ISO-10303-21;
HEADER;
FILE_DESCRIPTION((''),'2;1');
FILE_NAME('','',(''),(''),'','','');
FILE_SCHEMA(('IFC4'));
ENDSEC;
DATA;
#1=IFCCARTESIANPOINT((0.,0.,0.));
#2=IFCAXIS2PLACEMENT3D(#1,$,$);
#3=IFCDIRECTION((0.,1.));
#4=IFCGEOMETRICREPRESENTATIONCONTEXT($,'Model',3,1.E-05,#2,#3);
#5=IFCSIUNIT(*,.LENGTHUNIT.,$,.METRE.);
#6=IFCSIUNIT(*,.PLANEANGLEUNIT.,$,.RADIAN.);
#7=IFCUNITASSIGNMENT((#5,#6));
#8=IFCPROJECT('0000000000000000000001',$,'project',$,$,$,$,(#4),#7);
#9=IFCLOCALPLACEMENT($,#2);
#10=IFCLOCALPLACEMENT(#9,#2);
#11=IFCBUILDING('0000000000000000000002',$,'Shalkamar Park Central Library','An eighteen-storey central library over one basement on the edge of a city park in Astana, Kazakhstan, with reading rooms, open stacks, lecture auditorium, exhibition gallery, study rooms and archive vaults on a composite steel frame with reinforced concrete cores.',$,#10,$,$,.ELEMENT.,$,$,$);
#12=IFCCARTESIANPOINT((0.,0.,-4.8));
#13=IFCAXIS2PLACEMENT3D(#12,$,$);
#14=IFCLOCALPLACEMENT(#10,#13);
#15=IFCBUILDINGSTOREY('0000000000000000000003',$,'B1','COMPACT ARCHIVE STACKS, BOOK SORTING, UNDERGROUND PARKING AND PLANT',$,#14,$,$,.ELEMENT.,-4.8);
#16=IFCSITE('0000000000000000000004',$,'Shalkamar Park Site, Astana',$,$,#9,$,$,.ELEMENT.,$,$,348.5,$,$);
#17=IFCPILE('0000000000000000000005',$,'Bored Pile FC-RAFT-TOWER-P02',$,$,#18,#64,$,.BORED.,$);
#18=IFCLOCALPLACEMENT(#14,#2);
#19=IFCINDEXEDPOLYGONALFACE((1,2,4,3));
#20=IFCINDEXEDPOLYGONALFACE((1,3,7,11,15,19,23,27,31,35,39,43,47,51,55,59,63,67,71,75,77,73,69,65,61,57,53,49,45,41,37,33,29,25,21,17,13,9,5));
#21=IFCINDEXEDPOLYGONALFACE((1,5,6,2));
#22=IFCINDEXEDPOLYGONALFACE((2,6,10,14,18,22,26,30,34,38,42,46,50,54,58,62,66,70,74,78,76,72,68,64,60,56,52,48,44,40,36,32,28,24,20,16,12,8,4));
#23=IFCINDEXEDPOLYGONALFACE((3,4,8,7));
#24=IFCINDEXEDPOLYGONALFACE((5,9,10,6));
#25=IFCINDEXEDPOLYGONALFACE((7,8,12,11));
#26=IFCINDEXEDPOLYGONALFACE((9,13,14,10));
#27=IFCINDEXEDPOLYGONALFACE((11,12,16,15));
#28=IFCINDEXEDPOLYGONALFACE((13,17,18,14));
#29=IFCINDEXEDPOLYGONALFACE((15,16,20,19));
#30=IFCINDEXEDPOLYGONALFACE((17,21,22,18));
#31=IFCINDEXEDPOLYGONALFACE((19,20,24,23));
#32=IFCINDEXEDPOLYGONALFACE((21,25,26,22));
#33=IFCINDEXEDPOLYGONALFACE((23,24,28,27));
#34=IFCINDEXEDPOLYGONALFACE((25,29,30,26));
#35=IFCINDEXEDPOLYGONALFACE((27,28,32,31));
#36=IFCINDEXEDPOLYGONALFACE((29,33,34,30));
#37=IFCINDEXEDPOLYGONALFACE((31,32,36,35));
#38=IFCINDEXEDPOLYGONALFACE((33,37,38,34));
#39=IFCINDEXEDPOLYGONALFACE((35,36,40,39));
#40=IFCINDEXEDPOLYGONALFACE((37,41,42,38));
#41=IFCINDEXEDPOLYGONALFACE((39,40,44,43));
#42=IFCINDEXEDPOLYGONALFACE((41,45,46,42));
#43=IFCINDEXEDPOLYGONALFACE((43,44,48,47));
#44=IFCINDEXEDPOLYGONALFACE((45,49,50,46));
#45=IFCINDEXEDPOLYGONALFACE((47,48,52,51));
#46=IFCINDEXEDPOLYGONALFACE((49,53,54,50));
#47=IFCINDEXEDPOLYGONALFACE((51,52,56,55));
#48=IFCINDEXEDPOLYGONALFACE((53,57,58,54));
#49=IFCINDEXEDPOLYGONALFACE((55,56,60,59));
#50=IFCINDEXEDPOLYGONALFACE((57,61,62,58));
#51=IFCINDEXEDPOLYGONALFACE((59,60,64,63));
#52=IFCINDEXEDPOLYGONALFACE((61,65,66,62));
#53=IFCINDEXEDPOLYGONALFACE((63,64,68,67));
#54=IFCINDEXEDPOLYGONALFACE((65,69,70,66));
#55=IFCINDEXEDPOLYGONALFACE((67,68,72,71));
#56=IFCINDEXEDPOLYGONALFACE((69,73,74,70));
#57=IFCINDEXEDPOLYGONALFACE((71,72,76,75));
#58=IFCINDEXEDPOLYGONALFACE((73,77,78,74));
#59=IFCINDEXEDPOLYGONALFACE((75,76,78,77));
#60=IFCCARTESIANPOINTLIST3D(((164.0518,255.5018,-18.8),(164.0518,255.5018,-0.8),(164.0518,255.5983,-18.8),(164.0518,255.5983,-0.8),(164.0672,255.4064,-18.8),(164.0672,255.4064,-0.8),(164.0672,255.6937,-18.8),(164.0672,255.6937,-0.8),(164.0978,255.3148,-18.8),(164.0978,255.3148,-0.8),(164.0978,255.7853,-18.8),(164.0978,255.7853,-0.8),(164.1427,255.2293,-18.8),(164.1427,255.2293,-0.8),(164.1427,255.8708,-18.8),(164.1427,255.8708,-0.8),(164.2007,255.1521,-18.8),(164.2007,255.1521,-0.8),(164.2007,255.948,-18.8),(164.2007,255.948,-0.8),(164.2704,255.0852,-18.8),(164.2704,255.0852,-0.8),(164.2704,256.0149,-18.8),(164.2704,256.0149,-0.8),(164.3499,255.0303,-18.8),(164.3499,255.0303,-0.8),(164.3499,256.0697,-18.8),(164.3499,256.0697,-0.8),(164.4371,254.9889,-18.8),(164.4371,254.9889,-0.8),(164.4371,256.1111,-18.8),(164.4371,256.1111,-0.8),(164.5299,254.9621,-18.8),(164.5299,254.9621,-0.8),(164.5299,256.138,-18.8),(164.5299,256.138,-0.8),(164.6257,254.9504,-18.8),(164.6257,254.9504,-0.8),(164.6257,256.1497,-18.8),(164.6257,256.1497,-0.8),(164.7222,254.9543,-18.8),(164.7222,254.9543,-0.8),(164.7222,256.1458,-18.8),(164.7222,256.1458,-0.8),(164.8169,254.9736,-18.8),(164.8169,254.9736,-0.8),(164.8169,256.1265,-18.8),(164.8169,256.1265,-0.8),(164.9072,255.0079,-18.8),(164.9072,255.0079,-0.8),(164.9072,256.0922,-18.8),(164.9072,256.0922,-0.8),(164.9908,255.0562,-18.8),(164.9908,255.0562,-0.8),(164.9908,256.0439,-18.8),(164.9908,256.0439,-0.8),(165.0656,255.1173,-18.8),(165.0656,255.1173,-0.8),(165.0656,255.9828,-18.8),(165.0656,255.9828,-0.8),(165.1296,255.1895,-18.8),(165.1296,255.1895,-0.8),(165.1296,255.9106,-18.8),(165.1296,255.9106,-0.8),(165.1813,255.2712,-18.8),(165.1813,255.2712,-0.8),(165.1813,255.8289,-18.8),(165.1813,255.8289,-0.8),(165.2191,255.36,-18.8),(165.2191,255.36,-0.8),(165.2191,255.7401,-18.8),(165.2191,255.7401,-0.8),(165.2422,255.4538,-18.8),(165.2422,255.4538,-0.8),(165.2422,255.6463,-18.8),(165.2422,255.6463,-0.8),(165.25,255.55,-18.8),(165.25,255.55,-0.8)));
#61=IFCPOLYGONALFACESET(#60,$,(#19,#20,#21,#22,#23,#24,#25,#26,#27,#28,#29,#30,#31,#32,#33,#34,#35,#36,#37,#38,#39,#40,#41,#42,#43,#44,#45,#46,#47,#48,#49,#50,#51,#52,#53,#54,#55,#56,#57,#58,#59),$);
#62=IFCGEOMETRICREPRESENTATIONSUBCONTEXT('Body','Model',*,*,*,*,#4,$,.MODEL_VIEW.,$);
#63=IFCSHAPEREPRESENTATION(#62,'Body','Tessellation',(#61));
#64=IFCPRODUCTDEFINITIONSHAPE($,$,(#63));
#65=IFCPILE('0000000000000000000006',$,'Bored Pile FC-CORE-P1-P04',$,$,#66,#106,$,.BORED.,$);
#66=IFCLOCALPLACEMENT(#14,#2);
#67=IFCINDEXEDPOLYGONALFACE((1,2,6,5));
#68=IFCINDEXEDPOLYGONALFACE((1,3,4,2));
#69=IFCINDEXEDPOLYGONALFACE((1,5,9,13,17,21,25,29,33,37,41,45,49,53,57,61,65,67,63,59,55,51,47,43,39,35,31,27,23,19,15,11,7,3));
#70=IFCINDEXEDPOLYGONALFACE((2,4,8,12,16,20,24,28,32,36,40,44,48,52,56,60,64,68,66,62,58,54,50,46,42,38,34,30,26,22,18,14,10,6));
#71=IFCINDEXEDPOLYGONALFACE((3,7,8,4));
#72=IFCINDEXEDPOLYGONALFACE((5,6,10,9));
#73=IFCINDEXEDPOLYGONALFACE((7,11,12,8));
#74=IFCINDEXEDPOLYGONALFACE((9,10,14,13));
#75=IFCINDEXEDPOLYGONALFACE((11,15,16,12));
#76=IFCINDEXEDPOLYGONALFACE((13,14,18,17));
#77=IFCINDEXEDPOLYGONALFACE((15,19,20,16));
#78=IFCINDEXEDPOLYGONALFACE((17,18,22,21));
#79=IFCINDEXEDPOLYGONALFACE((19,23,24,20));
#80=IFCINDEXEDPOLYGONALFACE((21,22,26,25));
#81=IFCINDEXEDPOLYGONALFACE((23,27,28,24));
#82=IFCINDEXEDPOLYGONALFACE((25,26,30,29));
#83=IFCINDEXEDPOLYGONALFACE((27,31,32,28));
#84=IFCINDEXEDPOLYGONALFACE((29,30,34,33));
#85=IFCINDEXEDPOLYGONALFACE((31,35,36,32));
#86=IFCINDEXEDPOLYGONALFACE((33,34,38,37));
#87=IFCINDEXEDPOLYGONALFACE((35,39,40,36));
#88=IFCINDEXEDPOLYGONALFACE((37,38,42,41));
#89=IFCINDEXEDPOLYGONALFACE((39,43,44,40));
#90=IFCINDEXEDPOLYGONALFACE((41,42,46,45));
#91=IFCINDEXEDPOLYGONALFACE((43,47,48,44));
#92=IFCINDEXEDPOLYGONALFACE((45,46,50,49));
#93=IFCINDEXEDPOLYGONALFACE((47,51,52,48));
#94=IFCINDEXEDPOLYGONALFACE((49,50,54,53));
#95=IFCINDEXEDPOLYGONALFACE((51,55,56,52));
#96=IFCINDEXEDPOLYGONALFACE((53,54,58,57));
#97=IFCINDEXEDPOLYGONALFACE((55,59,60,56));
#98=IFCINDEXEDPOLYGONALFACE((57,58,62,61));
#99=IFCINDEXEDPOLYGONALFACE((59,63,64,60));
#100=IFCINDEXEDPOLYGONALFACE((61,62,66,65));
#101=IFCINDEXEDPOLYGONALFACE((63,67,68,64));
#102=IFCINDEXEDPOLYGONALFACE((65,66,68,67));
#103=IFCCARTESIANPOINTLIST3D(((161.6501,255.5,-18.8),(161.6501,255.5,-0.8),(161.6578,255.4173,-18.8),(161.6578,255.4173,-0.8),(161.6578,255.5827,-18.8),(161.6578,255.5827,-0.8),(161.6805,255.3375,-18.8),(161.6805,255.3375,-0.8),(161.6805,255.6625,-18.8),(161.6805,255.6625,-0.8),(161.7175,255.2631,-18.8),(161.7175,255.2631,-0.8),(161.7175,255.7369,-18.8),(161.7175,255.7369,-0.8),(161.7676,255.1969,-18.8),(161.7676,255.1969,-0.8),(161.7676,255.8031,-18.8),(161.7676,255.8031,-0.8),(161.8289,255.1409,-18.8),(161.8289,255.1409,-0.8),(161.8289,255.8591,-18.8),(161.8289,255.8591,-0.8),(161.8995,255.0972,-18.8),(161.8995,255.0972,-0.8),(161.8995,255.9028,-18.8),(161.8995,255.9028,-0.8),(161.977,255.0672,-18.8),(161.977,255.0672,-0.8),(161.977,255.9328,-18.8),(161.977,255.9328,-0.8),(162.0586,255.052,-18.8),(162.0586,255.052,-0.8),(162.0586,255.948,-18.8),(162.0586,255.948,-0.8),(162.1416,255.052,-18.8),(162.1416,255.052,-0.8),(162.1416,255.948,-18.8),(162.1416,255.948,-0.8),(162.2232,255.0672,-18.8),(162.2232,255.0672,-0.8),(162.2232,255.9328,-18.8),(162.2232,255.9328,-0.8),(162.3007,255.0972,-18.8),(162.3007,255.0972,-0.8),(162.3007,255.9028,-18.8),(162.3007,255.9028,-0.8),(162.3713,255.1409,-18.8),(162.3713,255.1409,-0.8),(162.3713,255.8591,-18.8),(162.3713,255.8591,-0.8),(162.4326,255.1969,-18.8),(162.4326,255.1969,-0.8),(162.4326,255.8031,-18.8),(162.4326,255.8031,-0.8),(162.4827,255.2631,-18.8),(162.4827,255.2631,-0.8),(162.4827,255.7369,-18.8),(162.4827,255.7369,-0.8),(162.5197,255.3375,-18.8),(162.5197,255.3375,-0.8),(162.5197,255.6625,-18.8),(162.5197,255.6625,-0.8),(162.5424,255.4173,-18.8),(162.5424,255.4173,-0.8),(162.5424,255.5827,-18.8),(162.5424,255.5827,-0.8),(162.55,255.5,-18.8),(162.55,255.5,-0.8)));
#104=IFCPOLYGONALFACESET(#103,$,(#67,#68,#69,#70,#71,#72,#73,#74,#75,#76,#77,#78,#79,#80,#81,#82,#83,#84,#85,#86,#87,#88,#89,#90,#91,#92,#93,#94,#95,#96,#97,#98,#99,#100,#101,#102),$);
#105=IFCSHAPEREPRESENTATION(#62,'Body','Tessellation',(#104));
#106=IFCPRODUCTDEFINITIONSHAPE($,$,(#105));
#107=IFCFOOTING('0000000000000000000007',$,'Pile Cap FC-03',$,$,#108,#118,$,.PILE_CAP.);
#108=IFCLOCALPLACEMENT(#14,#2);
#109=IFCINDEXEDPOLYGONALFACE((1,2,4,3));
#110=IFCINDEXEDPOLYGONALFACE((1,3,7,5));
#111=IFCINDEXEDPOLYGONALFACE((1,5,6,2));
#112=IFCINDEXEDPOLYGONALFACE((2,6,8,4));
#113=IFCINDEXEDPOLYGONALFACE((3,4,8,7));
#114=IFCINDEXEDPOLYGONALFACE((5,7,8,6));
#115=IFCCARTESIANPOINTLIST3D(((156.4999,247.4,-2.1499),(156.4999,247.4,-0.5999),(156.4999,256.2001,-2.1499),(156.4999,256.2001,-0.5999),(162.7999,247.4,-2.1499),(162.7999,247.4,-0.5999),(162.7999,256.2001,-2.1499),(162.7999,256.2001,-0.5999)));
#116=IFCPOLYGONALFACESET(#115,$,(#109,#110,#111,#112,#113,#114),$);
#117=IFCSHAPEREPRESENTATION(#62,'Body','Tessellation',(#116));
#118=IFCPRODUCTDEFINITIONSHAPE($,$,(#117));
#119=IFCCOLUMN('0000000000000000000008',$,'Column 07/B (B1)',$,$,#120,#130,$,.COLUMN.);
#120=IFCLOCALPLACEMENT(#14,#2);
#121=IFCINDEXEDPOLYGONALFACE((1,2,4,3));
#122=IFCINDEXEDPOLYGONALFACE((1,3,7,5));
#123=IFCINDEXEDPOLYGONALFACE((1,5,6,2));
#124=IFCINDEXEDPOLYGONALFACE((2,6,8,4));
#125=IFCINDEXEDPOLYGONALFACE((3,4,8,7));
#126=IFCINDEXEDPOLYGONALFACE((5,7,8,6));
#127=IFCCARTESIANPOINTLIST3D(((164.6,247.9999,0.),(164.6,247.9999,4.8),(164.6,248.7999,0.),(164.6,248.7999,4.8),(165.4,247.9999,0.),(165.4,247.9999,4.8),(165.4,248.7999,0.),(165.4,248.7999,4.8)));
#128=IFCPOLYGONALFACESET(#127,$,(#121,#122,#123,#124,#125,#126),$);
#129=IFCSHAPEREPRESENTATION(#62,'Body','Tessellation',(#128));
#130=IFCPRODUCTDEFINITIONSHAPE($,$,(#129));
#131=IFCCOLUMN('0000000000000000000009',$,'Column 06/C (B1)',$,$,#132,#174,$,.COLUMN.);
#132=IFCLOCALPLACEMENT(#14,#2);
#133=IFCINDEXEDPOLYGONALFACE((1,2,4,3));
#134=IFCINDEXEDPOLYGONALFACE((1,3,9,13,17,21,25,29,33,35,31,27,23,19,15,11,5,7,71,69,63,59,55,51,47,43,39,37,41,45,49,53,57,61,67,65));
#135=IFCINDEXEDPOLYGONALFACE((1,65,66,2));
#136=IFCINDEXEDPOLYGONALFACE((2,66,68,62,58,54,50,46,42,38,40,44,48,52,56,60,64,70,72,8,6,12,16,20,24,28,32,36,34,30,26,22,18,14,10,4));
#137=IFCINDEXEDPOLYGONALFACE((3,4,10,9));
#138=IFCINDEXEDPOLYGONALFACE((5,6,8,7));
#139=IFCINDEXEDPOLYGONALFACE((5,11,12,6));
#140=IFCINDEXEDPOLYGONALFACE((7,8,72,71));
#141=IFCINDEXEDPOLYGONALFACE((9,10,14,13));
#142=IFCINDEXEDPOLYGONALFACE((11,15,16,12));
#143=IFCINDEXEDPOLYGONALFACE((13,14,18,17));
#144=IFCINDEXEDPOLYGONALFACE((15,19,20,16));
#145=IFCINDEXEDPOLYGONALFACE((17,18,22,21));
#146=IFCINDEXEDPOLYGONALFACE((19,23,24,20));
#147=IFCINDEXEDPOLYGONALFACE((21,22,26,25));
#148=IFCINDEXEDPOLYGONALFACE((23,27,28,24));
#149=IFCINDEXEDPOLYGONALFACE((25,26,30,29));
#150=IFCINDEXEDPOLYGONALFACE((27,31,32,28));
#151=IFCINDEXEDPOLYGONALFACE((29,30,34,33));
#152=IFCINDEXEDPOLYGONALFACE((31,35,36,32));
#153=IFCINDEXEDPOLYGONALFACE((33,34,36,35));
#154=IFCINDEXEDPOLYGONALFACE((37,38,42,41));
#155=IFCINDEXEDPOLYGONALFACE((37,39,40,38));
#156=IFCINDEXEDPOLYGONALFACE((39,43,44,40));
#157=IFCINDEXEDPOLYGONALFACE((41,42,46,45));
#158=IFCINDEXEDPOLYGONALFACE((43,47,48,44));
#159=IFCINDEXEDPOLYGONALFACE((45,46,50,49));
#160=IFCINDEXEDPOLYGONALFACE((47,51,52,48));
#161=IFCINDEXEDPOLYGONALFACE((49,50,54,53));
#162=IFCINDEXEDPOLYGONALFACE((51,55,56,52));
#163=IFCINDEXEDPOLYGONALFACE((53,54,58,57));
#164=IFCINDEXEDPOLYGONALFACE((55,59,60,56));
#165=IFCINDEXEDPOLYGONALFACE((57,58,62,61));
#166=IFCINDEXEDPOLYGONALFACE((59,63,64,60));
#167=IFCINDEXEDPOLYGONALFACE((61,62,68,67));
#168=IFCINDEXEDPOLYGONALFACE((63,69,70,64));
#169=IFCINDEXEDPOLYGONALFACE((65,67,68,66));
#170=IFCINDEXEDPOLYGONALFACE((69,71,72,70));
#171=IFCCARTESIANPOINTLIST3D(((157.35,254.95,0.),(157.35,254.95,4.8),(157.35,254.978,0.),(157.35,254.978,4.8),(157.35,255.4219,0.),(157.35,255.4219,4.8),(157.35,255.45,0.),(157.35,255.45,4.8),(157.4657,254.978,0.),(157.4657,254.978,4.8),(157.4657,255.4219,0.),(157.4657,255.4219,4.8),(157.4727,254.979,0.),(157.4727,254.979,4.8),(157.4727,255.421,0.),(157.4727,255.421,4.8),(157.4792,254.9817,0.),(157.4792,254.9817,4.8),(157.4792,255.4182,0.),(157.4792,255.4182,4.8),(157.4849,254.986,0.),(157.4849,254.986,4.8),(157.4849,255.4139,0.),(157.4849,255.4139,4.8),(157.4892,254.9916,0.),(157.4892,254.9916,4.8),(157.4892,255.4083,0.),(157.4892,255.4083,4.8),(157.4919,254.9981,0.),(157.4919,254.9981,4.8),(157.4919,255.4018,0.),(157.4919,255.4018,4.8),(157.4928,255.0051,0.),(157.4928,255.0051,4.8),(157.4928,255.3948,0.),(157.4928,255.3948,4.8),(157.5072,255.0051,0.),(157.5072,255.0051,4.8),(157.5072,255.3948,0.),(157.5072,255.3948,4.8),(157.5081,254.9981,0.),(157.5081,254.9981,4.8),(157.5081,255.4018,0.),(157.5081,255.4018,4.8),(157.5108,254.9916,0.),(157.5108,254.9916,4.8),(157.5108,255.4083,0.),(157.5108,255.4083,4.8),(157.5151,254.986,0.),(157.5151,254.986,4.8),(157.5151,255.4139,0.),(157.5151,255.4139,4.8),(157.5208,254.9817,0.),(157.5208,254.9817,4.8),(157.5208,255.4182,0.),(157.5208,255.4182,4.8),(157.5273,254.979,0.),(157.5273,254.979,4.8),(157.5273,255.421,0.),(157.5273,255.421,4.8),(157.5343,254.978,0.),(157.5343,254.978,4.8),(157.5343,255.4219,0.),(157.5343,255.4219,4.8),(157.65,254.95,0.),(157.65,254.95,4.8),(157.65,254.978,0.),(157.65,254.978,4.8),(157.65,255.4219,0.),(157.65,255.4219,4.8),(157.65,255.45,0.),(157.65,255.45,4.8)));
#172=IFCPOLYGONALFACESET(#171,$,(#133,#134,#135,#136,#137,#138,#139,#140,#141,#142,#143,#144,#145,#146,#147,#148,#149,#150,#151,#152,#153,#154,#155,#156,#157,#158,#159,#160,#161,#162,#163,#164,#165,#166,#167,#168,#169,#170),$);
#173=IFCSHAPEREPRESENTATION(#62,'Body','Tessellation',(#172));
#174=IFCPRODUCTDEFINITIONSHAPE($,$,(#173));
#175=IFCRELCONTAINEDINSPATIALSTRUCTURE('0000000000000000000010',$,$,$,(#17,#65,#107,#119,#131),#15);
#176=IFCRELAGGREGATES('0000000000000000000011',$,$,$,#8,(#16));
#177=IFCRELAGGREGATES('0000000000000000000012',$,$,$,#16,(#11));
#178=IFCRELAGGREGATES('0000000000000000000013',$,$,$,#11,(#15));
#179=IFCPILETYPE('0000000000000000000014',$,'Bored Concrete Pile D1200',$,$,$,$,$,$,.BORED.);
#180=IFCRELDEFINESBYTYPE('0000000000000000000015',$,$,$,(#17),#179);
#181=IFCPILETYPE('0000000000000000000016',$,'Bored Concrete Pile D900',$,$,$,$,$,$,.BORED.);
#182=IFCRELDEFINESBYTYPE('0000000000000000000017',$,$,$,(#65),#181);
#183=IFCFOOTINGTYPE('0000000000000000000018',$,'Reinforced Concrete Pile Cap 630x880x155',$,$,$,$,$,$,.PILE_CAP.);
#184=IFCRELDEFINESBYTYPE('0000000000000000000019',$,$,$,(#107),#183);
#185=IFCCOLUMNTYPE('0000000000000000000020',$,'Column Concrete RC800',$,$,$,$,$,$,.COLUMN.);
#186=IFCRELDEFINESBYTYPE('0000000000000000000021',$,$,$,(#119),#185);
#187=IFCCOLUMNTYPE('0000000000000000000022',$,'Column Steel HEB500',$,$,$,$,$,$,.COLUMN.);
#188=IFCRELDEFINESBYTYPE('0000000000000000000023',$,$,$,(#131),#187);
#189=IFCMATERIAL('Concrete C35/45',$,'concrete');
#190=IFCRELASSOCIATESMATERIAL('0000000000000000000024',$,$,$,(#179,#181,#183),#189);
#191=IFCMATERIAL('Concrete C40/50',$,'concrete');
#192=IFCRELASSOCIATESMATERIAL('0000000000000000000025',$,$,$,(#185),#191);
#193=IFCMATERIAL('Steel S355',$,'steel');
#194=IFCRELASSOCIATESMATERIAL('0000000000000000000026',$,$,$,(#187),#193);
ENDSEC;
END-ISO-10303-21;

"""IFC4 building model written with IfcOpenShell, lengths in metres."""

from ifc_helpers import new_model, si_unit, direction, frame, origin, origin_2d, place, context, subcontext, project, spatial, rectangle, circle, i_section, extrude, material, material_profile, profile_set, type_object, element, save


model = new_model("IFC4")

# Units and contexts
model_context = context("Model", 3, precision=1e-05, world=origin(), true_north=direction((0.0, 1.0)))
body_context = subcontext(model_context, "Body", "Model", "MODEL_VIEW")
ifc_project = project(units=[si_unit("LENGTHUNIT", "METRE"), si_unit("PLANEANGLEUNIT", "RADIAN")], contexts=[model_context])

# Site, building, storey
site_placement = place(None, origin())
site = spatial("IfcSite", under=ifc_project, at=site_placement, Name="Shalkamar Park Site, Astana", CompositionType="ELEMENT", RefElevation=348.5)
building_placement = place(site_placement, origin())
building = spatial("IfcBuilding", under=site, at=building_placement, Name="Shalkamar Park Central Library", Description="An eighteen-storey central library over one basement on the edge of a city park in Astana, Kazakhstan, with reading rooms, open stacks, lecture auditorium, exhibition gallery, study rooms and archive vaults on a composite steel frame with reinforced concrete cores.", CompositionType="ELEMENT")
storey_placement = place(building_placement, frame((0.0, 0.0, -4.8)))
storey = spatial("IfcBuildingStorey", under=building, at=storey_placement, Name="B1", Description="COMPACT ARCHIVE STACKS, BOOK SORTING, UNDERGROUND PARKING AND PLANT", CompositionType="ELEMENT", Elevation=-4.8)

# Piles
ifc_material_1 = material(Name="Concrete C35/45", Category="concrete")
ifc_material_profile_1 = material_profile(ifc_material_1, circle(Radius=0.6001, at=origin_2d()), Name="PILE D1200")
ifc_profile_set_1 = profile_set([ifc_material_profile_1], Name="Concrete C35/45")
pile_type_1 = type_object("IfcPileType", Name="Bored Concrete Pile D1200", PredefinedType="BORED", material=ifc_profile_set_1)
pile_1_placement = place(storey_placement, frame((164.6499, 255.55, -0.8), z_axis=(0.0, 0.0, -1.0), x_axis=(1.0, 0.0, 0.0)))
element("IfcPile", 1, at=pile_1_placement, inside=storey, type_object=pile_type_1, Name="Bored Pile FC-RAFT-TOWER-P02", PredefinedType="BORED", context=body_context, shape_type="SweptSolid", body=[
    extrude(circle(Radius=0.6001, at=origin_2d()), origin(), (0.0, 0.0, 1.0), 18.0),
])
ifc_material_profile_2 = material_profile(ifc_material_1, circle(Radius=0.45, at=origin_2d()), Name="PILE D900")
ifc_profile_set_2 = profile_set([ifc_material_profile_2], Name="Concrete C35/45")
pile_type_2 = type_object("IfcPileType", Name="Bored Concrete Pile D900", PredefinedType="BORED", material=ifc_profile_set_2)
pile_2_placement = place(storey_placement, frame((162.1001, 255.5, -0.8), z_axis=(0.0, 0.0, -1.0), x_axis=(1.0, 0.0, 0.0)))
element("IfcPile", 2, at=pile_2_placement, inside=storey, type_object=pile_type_2, Name="Bored Pile FC-CORE-P1-P04", PredefinedType="BORED", context=body_context, shape_type="SweptSolid", body=[
    extrude(circle(Radius=0.45, at=origin_2d()), origin(), (0.0, 0.0, 1.0), 18.0),
])

# Footing
footing_type = type_object("IfcFootingType", Name="Reinforced Concrete Pile Cap 630x880x155", PredefinedType="PILE_CAP", material=ifc_material_1)
footing_placement = place(storey_placement, frame((159.6499, 251.8, -2.1499), z_axis=(0.0, 0.0, 1.0), x_axis=(1.0, 0.0, 0.0)))
element("IfcFooting", 3, at=footing_placement, inside=storey, type_object=footing_type, Name="Pile Cap FC-03", PredefinedType="PILE_CAP", context=body_context, shape_type="SweptSolid", body=[
    extrude(rectangle(XDim=6.3, YDim=8.8, at=origin_2d()), origin(), (0.0, 0.0, 1.0), 1.55),
])

# Columns
ifc_material_2 = material(Name="Concrete C40/50", Category="concrete")
ifc_material_profile_3 = material_profile(ifc_material_2, rectangle(XDim=0.8, YDim=0.8, at=origin_2d()), Name="RC 800x800")
ifc_profile_set_3 = profile_set([ifc_material_profile_3], Name="Concrete C40/50")
column_type_1 = type_object("IfcColumnType", Name="Column Concrete RC800", PredefinedType="COLUMN", material=ifc_profile_set_3)
column_1_placement = place(storey_placement, frame((165.0, 248.3999, 0.0), z_axis=(0.0, 0.0, 1.0), x_axis=(1.0, 0.0, 0.0)))
element("IfcColumn", 4, at=column_1_placement, inside=storey, type_object=column_type_1, Name="Column 07/B (B1)", PredefinedType="COLUMN", context=body_context, shape_type="SweptSolid", body=[
    extrude(rectangle(XDim=0.8, YDim=0.8, at=origin_2d()), origin(), (0.0, 0.0, 1.0), 4.8),
])
ifc_material_3 = material(Name="Steel S355", Category="steel")
ifc_material_profile_4 = material_profile(ifc_material_3, i_section(OverallWidth=0.3, OverallDepth=0.5, WebThickness=0.0144, FlangeThickness=0.0281, FilletRadius=0.0271, at=origin_2d()), Name="HEB 500")
ifc_profile_set_4 = profile_set([ifc_material_profile_4], Name="Steel S355")
column_type_2 = type_object("IfcColumnType", Name="Column Steel HEB500", PredefinedType="COLUMN", material=ifc_profile_set_4)
column_2_placement = place(storey_placement, frame((157.5, 255.2, 0.0), z_axis=(0.0, 0.0, 1.0), x_axis=(1.0, 0.0, 0.0)))
element("IfcColumn", 5, at=column_2_placement, inside=storey, type_object=column_type_2, Name="Column 06/C (B1)", PredefinedType="COLUMN", context=body_context, shape_type="SweptSolid", body=[
    extrude(i_section(OverallWidth=0.3, OverallDepth=0.5, WebThickness=0.0144, FlangeThickness=0.0281, FilletRadius=0.0271, at=origin_2d()), origin(), (0.0, 0.0, 1.0), 4.8),
])

save(model, "model.ifc")
